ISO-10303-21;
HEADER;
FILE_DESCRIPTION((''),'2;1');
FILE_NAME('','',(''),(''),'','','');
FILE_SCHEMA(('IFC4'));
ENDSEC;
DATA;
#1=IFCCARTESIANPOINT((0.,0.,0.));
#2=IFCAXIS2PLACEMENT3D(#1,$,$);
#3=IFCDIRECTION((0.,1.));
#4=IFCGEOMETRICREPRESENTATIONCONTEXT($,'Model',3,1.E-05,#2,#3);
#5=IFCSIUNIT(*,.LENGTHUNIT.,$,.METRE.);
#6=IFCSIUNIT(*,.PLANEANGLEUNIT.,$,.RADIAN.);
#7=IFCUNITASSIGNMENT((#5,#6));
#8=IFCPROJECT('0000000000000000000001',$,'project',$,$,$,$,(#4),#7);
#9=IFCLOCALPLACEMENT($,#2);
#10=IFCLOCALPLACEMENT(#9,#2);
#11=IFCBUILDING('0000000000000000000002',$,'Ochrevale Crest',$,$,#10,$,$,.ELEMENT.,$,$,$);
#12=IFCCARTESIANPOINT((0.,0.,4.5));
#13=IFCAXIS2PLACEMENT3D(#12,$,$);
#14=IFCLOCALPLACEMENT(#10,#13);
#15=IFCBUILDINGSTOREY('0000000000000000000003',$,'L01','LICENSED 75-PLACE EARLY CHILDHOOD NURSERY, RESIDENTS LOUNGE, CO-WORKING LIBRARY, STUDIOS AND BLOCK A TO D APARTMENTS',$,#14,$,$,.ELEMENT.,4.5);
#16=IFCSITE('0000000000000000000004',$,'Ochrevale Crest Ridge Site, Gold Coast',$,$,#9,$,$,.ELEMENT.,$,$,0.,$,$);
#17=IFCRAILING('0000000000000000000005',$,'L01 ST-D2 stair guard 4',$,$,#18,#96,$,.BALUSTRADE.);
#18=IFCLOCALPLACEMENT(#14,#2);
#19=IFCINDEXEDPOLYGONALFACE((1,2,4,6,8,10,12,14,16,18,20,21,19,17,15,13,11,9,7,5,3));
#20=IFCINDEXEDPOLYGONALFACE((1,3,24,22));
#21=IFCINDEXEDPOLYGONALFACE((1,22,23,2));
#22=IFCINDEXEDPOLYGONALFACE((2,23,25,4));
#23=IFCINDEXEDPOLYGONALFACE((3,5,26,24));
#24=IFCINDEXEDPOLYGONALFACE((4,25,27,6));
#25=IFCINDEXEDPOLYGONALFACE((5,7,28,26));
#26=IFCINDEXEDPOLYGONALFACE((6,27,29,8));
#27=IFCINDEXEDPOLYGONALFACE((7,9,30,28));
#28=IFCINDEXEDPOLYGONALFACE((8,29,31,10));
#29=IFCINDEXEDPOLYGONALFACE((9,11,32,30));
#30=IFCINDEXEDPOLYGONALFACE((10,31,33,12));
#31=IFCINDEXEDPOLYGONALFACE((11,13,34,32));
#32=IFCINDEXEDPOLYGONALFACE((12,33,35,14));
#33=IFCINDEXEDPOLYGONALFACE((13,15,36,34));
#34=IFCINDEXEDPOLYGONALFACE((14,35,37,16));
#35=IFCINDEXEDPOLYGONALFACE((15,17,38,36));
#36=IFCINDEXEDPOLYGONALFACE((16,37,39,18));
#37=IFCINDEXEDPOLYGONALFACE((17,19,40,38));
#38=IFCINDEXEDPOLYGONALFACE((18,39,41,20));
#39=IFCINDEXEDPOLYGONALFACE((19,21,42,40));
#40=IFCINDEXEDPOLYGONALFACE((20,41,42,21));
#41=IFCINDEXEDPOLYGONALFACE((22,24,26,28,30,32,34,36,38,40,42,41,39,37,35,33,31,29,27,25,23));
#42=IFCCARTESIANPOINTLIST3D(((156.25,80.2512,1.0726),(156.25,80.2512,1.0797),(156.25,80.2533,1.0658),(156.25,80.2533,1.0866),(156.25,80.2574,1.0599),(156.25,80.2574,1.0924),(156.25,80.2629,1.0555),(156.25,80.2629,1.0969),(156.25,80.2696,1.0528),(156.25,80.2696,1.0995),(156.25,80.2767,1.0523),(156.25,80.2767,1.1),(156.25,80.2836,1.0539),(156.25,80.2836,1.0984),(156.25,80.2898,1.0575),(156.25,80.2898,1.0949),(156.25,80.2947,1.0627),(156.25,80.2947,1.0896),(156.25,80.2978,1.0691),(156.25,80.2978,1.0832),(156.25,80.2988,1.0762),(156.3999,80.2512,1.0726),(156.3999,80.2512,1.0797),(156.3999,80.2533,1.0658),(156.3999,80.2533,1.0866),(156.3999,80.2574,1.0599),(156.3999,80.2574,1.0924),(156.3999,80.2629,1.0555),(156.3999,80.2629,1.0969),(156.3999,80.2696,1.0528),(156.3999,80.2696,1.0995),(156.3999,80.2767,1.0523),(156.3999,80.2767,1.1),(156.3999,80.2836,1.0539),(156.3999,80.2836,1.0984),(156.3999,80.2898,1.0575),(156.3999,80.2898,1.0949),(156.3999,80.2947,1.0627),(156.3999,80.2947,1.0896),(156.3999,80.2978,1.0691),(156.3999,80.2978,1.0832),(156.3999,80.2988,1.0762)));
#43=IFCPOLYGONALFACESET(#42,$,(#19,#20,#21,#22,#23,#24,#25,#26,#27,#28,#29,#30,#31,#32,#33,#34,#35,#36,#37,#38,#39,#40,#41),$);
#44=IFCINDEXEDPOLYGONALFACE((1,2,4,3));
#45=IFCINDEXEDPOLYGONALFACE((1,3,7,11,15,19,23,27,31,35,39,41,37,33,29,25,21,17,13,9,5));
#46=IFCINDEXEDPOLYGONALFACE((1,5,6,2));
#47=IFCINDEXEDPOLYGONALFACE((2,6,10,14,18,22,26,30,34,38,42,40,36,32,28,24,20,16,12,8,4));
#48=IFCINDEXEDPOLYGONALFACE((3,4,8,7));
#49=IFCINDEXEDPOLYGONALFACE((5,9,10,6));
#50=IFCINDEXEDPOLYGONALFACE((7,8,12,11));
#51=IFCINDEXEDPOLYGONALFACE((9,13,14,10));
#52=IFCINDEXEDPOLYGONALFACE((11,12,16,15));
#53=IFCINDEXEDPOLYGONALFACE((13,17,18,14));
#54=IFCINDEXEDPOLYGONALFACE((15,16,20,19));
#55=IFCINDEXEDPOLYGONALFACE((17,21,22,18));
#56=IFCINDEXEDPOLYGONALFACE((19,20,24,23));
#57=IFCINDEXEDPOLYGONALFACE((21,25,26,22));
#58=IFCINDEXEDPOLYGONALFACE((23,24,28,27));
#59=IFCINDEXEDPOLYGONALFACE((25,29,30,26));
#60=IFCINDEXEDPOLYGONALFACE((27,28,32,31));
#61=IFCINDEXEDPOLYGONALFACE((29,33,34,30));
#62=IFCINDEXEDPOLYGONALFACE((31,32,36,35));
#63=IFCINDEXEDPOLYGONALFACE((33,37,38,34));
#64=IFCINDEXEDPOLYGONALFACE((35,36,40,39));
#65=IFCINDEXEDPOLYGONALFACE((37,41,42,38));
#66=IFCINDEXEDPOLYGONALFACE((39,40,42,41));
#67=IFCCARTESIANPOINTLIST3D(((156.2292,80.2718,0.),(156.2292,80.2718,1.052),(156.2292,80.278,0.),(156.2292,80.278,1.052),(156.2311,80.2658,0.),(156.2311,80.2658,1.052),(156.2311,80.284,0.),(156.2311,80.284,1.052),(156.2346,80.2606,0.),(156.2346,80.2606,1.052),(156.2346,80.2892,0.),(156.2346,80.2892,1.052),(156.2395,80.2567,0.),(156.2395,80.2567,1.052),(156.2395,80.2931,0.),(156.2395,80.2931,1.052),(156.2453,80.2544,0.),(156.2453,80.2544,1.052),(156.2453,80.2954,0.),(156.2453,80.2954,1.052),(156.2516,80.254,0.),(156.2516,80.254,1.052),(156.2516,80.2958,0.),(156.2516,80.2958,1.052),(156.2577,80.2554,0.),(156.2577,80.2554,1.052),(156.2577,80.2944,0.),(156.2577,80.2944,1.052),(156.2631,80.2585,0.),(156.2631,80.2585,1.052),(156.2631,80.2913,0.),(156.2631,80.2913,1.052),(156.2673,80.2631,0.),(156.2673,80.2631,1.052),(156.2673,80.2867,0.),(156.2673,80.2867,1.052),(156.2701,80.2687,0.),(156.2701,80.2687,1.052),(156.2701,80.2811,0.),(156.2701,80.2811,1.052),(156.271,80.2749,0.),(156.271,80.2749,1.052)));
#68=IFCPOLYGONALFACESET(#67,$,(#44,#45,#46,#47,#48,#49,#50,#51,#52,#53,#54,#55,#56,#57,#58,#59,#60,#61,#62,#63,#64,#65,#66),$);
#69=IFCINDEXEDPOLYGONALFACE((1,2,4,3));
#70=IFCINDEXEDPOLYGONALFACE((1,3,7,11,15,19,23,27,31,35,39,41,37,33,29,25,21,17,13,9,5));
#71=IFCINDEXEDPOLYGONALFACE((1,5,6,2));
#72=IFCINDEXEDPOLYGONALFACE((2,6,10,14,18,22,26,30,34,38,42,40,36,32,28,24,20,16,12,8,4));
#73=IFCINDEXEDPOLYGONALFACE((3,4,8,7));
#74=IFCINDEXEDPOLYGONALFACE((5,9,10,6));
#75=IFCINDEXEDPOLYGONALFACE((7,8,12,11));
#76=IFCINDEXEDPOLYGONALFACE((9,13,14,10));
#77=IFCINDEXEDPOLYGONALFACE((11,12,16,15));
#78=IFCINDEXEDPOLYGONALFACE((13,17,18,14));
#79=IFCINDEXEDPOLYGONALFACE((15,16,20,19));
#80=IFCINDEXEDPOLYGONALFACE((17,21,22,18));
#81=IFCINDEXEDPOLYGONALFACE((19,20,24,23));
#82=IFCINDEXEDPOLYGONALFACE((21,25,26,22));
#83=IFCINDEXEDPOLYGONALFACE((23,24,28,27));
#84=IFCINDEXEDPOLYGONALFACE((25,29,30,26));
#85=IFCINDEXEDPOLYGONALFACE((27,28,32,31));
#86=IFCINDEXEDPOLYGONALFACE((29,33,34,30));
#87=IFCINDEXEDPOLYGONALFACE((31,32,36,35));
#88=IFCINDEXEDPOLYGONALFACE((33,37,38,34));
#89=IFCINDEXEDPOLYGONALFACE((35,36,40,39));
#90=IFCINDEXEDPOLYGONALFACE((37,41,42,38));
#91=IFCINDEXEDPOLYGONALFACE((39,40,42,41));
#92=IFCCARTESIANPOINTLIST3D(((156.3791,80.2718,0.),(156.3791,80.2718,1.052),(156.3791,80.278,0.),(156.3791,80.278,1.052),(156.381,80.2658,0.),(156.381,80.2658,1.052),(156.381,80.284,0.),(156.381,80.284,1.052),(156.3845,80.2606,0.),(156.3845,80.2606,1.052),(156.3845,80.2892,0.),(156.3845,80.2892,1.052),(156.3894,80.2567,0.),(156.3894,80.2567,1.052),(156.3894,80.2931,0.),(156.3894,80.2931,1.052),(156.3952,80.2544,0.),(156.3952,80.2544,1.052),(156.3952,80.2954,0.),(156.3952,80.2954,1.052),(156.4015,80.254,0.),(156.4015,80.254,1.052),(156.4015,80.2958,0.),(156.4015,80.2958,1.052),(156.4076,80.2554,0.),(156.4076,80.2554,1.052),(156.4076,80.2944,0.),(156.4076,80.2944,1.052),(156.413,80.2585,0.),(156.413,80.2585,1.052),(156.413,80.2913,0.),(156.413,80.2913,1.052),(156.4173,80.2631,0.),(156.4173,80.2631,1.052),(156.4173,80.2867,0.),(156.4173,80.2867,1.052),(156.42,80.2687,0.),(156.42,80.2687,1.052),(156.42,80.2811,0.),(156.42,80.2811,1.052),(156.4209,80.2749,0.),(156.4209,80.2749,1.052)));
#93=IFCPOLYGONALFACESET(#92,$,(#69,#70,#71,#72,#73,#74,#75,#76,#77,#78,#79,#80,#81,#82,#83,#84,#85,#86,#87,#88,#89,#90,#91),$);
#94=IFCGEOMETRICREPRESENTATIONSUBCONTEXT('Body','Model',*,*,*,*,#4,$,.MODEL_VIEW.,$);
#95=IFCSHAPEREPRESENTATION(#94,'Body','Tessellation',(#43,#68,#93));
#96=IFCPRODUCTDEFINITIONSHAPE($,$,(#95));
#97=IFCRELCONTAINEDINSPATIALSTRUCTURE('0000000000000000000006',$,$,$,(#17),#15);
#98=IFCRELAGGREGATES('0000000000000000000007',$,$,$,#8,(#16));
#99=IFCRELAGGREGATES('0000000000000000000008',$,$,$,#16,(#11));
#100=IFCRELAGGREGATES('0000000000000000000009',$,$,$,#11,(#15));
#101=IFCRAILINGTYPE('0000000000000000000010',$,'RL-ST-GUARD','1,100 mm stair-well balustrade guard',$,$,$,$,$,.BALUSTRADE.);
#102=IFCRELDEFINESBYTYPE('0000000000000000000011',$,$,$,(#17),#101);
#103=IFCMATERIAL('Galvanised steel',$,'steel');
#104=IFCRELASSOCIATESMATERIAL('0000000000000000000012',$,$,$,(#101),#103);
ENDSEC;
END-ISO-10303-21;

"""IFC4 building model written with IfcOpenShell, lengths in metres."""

from ifc_helpers import new_model, si_unit, direction, frame, origin, origin_2d, place, context, subcontext, project, spatial, circle, extrude, material, type_object, element, save


model = new_model("IFC4")

# Units and contexts
model_context = context("Model", 3, precision=1e-05, world=origin(), true_north=direction((0.0, 1.0)))
body_context = subcontext(model_context, "Body", "Model", "MODEL_VIEW")
ifc_project = project(units=[si_unit("LENGTHUNIT", "METRE"), si_unit("PLANEANGLEUNIT", "RADIAN")], contexts=[model_context])

# Site, building, storey
site_placement = place(None, origin())
site = spatial("IfcSite", under=ifc_project, at=site_placement, Name="Ochrevale Crest Ridge Site, Gold Coast", CompositionType="ELEMENT", RefElevation=0.0)
building_placement = place(site_placement, origin())
building = spatial("IfcBuilding", under=site, at=building_placement, Name="Ochrevale Crest", CompositionType="ELEMENT")
storey_placement = place(building_placement, frame((0.0, 0.0, 4.5)))
storey = spatial("IfcBuildingStorey", under=building, at=storey_placement, Name="L01", Description="LICENSED 75-PLACE EARLY CHILDHOOD NURSERY, RESIDENTS LOUNGE, CO-WORKING LIBRARY, STUDIOS AND BLOCK A TO D APARTMENTS", CompositionType="ELEMENT", Elevation=4.5)

# Railing
ifc_material_1 = material(Name="Galvanised steel", Category="steel")
railing_type_1 = type_object("IfcRailingType", Name="RL-ST-GUARD", Description="1,100 mm stair-well balustrade guard", PredefinedType="BALUSTRADE", material=ifc_material_1)
railing_1_placement = place(storey_placement, frame((156.25, 80.2749, 0.0)))
element("IfcRailing", 1, at=railing_1_placement, inside=storey, type_object=railing_type_1, Name="L01 ST-D2 stair guard 4", PredefinedType="BALUSTRADE", context=body_context, shape_type="SweptSolid", body=[
    extrude(circle(Radius=0.0239, at=origin_2d()), frame((0.0, 0.0, 1.0762), z_axis=(1.0, 0.0, 0.0), x_axis=(0.0, 1.0, 0.0)), (0.0, 0.0, 1.0), 0.1499),
    extrude(circle(Radius=0.021, at=origin_2d()), origin(), (0.0, 0.0, 1.0), 1.052),
    extrude(circle(Radius=0.021, at=origin_2d()), frame((0.1499, 0.0, 0.0)), (0.0, 0.0, 1.0), 1.052),
])

save(model, "model.ifc")
